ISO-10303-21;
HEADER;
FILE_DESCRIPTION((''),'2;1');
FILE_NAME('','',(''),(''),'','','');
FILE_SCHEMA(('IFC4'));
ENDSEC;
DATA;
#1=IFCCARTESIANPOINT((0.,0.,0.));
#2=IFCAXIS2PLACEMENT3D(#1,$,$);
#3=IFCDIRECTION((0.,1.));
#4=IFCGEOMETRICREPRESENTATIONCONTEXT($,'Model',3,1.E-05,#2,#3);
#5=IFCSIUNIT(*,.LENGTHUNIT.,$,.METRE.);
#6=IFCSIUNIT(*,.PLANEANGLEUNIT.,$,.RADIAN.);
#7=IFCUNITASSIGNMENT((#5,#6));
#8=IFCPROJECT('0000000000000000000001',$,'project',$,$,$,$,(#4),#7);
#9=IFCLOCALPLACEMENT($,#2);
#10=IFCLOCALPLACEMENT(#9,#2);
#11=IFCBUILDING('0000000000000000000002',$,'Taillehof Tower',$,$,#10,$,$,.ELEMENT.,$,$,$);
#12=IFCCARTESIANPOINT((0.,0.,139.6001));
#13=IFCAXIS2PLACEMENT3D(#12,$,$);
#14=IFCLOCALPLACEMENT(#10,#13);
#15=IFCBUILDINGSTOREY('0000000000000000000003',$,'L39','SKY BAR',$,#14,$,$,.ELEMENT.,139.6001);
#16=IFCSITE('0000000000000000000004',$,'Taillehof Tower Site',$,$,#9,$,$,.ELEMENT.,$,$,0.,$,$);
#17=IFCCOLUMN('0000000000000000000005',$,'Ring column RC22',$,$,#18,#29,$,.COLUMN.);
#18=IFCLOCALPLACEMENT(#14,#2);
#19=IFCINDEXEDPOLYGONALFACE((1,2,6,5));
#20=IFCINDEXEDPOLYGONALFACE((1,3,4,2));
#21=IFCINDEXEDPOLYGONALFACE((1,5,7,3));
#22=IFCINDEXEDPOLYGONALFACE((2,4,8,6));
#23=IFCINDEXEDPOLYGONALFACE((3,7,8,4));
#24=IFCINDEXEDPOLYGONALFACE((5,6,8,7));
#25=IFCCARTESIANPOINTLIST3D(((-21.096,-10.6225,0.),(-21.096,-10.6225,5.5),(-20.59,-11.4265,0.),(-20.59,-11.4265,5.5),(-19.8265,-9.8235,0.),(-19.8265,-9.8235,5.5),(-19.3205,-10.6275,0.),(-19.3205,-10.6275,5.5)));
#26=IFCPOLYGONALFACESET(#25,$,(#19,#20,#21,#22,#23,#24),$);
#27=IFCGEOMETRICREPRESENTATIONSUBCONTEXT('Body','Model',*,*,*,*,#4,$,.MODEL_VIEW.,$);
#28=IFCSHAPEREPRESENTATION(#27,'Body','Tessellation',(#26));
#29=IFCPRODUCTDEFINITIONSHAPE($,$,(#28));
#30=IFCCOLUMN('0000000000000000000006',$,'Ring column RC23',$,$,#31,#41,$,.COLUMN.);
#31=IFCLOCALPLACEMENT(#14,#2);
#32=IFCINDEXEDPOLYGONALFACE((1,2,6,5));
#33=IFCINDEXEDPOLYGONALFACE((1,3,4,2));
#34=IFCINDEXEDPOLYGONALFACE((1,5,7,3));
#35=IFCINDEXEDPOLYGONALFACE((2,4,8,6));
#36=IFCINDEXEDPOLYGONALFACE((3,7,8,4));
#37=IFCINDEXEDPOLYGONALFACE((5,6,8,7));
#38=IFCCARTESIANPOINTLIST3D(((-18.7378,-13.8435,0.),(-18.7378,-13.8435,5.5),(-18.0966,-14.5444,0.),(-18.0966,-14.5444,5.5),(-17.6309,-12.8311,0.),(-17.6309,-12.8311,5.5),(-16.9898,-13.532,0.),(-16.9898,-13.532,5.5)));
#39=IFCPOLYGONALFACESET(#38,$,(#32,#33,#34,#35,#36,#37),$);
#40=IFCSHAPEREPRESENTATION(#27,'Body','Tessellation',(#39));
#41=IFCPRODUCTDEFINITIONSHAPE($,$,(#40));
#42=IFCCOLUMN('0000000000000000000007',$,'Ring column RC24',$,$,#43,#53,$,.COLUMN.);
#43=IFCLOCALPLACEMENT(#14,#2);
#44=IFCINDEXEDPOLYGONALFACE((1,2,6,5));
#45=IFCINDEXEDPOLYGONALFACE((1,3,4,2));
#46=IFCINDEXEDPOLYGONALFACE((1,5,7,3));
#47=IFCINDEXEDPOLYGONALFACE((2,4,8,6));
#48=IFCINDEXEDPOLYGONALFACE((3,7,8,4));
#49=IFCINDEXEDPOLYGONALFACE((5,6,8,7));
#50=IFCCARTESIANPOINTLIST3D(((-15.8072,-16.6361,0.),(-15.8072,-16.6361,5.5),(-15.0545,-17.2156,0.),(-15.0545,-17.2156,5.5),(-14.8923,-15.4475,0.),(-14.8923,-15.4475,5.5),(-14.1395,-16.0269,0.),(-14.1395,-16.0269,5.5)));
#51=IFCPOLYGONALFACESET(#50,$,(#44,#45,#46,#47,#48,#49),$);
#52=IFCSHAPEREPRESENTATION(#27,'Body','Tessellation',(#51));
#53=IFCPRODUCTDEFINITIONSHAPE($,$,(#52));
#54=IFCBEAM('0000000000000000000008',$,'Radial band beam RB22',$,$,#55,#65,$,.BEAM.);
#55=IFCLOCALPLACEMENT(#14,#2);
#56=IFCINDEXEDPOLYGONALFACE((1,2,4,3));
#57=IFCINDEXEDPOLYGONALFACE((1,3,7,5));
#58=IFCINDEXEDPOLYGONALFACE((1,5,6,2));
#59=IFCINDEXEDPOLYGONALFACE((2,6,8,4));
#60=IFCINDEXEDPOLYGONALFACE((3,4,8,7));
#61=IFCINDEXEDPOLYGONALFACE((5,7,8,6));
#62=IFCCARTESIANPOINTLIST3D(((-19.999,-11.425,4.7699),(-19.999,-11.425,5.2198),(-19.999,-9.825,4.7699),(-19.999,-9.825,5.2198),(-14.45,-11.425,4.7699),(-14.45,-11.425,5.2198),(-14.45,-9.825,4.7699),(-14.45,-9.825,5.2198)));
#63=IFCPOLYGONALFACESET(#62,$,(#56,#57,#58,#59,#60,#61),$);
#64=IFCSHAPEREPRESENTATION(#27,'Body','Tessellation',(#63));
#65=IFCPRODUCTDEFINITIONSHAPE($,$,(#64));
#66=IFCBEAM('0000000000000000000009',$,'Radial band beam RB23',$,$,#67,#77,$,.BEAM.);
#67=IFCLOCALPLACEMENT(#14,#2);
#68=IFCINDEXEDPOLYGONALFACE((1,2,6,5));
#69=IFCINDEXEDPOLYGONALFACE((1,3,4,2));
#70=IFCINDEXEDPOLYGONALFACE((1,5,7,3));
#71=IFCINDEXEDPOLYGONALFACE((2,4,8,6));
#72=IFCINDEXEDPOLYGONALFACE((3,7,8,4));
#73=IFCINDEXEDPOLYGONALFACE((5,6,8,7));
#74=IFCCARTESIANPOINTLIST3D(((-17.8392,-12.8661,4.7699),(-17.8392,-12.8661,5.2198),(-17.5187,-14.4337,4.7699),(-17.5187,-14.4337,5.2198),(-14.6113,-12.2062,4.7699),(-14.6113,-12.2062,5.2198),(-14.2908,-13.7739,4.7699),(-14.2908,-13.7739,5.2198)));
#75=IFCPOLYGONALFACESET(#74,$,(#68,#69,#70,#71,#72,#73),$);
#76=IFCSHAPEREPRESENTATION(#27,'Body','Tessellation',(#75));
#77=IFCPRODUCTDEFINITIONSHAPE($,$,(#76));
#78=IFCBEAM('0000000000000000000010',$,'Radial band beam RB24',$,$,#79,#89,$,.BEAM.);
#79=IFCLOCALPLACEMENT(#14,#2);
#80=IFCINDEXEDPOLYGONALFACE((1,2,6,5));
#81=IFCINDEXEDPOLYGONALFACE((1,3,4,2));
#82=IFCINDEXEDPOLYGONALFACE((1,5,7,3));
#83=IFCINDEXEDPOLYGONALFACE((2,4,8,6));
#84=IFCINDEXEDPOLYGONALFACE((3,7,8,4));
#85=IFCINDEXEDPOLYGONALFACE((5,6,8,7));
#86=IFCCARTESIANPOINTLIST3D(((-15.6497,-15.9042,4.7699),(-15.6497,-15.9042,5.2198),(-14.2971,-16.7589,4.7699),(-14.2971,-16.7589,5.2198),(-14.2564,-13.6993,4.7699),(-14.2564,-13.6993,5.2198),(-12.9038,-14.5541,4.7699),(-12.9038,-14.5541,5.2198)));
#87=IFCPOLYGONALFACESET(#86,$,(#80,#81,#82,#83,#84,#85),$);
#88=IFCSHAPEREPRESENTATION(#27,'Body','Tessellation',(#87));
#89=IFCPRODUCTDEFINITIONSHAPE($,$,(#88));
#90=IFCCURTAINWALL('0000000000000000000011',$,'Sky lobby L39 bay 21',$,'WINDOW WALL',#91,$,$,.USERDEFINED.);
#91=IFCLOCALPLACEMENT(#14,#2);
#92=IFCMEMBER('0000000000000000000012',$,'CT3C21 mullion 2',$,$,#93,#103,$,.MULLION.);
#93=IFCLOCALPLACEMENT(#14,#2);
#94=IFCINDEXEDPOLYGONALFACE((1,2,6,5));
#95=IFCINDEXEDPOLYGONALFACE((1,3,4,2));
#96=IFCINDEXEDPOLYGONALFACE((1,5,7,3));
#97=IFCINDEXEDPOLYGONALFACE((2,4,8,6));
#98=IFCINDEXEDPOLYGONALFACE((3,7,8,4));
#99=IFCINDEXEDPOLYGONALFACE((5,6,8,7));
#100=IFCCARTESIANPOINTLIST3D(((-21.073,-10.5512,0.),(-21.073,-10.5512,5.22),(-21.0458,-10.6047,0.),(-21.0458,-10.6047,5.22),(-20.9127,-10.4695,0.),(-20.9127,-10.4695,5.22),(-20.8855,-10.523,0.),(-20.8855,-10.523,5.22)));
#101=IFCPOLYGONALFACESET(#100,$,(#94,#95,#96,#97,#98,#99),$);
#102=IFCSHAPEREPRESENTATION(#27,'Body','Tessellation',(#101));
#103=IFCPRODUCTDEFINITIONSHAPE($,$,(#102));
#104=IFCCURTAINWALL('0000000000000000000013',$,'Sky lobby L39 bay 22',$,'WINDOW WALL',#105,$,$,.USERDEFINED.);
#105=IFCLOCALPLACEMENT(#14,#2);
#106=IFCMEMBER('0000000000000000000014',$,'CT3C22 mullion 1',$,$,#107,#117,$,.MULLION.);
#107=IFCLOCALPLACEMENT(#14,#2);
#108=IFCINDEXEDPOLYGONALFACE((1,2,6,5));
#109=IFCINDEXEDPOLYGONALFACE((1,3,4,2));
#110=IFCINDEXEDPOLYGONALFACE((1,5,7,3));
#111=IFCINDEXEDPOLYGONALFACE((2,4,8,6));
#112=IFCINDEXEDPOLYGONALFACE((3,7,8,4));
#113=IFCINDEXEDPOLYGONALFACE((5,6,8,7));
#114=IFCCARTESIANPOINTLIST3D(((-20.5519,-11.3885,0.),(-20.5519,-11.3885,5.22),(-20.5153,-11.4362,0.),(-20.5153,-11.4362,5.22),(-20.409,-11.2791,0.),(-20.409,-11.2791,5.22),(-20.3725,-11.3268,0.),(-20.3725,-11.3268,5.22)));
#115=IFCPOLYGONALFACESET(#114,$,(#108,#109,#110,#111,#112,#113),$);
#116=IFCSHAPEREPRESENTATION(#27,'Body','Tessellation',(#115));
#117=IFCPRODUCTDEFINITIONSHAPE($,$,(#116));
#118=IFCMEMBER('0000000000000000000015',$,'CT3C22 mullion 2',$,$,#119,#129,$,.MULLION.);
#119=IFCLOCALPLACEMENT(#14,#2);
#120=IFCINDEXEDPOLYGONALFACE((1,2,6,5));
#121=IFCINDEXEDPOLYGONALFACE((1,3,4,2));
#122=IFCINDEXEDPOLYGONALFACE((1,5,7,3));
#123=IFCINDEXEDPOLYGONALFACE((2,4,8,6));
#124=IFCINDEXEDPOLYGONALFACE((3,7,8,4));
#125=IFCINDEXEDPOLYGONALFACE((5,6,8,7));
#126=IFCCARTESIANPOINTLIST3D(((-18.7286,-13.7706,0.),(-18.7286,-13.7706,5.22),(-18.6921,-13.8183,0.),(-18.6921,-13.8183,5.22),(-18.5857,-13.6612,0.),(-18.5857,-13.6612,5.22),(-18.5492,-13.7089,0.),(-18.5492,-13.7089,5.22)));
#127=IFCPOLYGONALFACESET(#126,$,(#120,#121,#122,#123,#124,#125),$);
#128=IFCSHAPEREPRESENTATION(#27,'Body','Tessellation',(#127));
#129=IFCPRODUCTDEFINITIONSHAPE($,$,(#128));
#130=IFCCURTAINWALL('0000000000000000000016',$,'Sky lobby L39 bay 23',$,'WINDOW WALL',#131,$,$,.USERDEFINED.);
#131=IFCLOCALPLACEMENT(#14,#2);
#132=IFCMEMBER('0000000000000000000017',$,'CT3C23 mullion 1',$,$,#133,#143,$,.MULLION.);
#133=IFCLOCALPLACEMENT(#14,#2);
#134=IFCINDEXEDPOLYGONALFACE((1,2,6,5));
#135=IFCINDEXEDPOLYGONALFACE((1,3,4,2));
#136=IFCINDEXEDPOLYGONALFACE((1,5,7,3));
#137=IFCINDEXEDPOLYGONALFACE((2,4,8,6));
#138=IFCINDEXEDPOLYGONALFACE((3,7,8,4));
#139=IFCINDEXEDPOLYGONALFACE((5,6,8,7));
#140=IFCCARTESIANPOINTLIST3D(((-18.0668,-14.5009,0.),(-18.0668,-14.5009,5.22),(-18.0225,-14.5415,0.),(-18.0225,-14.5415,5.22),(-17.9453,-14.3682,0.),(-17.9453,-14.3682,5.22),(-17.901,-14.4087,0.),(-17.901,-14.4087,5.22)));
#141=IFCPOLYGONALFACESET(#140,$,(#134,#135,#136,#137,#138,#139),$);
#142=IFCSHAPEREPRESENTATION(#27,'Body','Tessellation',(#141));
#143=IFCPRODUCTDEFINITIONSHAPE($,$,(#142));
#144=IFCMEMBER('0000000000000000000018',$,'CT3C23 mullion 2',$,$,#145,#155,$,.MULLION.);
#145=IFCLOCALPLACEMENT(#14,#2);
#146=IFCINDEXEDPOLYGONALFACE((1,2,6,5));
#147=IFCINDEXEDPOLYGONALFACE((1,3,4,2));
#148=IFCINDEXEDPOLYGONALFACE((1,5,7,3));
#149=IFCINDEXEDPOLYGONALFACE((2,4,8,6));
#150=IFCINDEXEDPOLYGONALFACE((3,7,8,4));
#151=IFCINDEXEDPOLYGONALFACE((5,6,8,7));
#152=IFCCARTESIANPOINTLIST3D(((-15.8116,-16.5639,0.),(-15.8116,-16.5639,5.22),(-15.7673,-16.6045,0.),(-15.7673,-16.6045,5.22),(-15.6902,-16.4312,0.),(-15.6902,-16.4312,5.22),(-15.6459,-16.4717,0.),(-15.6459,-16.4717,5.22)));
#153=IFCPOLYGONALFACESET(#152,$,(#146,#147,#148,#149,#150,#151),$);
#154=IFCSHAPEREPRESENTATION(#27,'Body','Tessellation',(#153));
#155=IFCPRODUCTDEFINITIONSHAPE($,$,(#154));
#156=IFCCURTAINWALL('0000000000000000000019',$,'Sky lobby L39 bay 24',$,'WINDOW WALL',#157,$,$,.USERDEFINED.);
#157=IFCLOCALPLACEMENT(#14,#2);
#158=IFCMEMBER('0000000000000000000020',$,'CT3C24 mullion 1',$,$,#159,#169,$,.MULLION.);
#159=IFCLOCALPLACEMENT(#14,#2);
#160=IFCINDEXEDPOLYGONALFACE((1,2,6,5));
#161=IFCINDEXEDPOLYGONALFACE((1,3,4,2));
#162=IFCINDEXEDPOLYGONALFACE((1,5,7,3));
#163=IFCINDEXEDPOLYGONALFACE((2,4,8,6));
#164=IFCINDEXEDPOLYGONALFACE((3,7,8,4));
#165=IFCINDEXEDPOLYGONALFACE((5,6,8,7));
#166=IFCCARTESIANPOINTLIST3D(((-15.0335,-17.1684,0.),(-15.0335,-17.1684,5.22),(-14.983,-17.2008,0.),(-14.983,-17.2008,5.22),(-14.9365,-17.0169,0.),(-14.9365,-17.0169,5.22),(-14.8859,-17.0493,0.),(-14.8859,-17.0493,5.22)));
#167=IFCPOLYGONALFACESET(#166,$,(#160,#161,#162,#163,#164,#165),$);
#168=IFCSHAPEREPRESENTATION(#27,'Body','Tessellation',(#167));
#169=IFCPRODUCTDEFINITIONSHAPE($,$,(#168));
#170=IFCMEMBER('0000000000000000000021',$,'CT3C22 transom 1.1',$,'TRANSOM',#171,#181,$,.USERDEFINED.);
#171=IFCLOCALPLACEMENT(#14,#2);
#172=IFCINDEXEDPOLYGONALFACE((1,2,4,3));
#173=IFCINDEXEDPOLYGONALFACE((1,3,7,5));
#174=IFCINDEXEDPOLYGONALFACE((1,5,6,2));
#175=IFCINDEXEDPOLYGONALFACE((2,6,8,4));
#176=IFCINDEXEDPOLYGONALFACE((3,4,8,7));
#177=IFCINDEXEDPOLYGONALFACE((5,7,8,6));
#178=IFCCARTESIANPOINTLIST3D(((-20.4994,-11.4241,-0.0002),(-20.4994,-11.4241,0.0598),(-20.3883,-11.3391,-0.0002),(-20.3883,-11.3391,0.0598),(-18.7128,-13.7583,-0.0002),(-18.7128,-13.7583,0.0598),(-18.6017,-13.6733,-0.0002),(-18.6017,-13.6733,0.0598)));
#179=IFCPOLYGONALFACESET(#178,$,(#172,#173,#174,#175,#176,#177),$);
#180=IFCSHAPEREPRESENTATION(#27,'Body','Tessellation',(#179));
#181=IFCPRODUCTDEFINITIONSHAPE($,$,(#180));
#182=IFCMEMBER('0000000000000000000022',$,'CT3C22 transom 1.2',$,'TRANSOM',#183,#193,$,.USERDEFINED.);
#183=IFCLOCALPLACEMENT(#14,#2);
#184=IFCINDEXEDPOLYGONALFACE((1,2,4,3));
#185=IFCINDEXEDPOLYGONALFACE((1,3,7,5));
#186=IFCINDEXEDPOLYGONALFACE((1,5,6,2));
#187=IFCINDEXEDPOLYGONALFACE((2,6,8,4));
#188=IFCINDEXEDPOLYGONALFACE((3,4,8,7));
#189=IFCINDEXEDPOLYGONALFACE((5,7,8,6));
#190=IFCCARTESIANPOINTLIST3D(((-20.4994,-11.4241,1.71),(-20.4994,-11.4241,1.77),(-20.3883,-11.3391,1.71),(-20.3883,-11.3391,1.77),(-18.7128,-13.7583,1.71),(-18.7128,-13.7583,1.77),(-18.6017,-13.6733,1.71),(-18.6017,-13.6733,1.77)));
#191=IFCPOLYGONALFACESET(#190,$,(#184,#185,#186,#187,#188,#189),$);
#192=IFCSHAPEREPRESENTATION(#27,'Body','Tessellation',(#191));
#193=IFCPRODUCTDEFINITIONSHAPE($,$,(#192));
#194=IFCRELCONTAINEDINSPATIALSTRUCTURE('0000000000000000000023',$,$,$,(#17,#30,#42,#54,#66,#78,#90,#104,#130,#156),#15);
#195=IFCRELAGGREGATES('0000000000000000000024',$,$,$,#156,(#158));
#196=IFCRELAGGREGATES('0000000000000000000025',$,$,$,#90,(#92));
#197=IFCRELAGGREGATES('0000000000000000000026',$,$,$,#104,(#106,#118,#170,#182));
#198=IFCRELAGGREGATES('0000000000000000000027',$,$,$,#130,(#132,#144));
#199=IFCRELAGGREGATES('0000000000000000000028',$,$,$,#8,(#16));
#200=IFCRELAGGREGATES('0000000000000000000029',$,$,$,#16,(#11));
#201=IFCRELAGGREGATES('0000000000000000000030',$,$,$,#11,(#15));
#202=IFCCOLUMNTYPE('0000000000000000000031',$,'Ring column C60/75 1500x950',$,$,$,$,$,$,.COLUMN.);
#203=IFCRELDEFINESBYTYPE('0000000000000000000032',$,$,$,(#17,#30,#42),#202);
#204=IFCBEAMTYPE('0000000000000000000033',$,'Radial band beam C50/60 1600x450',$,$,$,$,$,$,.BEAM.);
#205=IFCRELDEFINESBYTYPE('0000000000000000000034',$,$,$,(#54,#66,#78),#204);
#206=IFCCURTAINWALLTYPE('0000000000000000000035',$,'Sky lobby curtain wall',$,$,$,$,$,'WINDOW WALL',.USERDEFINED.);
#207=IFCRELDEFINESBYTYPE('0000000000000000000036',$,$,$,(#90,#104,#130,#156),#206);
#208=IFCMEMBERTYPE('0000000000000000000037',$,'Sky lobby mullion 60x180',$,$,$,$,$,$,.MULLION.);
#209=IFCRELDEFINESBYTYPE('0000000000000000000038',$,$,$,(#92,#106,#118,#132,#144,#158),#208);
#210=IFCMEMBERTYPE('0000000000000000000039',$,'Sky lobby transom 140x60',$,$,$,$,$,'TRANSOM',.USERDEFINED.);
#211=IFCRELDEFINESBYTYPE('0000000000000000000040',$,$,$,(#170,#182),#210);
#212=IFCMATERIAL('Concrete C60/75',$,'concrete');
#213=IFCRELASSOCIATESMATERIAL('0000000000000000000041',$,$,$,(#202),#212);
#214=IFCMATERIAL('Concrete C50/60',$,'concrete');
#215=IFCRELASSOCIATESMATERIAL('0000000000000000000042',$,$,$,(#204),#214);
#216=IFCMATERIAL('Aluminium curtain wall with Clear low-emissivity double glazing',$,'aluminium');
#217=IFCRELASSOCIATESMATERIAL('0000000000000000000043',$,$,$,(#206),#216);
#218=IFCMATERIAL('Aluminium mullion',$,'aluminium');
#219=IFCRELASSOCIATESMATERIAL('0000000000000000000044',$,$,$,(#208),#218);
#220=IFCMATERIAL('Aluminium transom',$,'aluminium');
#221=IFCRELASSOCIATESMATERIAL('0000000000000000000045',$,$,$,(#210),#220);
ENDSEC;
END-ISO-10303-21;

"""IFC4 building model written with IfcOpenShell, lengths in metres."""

from ifc_helpers import new_model, si_unit, direction, frame, origin, origin_2d, place, context, subcontext, project, spatial, rectangle, extrude, material, material_profile, profile_set, type_object, element, aggregate, save


model = new_model("IFC4")

# Units and contexts
model_context = context("Model", 3, precision=1e-05, world=origin(), true_north=direction((0.0, 1.0)))
body_context = subcontext(model_context, "Body", "Model", "MODEL_VIEW")
ifc_project = project(units=[si_unit("LENGTHUNIT", "METRE"), si_unit("PLANEANGLEUNIT", "RADIAN")], contexts=[model_context])

# Site, building, storey
site_placement = place(None, origin())
site = spatial("IfcSite", under=ifc_project, at=site_placement, Name="Taillehof Tower Site", CompositionType="ELEMENT", RefElevation=0.0)
building_placement = place(site_placement, origin())
building = spatial("IfcBuilding", under=site, at=building_placement, Name="Taillehof Tower", CompositionType="ELEMENT")
storey_placement = place(building_placement, frame((0.0, 0.0, 139.6001)))
storey = spatial("IfcBuildingStorey", under=building, at=storey_placement, Name="L39", Description="SKY BAR", CompositionType="ELEMENT", Elevation=139.6001)

# Columns
ifc_material_1 = material(Name="Concrete C60/75", Category="concrete")
ifc_material_profile_1 = material_profile(ifc_material_1, rectangle(XDim=1.5, YDim=0.95, at=origin_2d()), Name="RC 1500x950")
ifc_profile_set_1 = profile_set([ifc_material_profile_1], Name="Concrete C60/75")
column_type = type_object("IfcColumnType", Name="Ring column C60/75 1500x950", PredefinedType="COLUMN", material=ifc_profile_set_1)
for number, where, z_axis, x_axis, name in (
    (1, (-20.2083, -10.625, 0.0), (0.0, 0.0, 1.0), (-0.846334, -0.532652, 0.0), "Ring column RC22"),
    (2, (-17.8638, -13.6877, 0.0), (0.0, 0.0, 1.0), (-0.737879, -0.674933, 0.0), "Ring column RC23"),
    (3, (-14.9734, -16.3315, 0.0), (0.0, 0.0, 1.0), (-0.609971, -0.792424, 0.0), "Ring column RC24"),
):
    element("IfcColumn", number, at=place(storey_placement, frame(where, z_axis=z_axis, x_axis=x_axis)), inside=storey, type_object=column_type, Name=name, PredefinedType="COLUMN", context=body_context, shape_type="SweptSolid", body=[
        extrude(rectangle(XDim=1.5, YDim=0.95, at=origin_2d()), origin(), (0.0, 0.0, 1.0), 5.5),
    ])

# Beams
ifc_material_2 = material(Name="Concrete C50/60", Category="concrete")
ifc_material_profile_2 = material_profile(ifc_material_2, rectangle(XDim=1.6001, YDim=0.45, at=origin_2d()), Name="RC 1600x450")
ifc_profile_set_2 = profile_set([ifc_material_profile_2], Name="Concrete C50/60")
beam_type_1 = type_object("IfcBeamType", Name="Radial band beam C50/60 1600x450", PredefinedType="BEAM", material=ifc_profile_set_2)
beam_1_placement = place(storey_placement, frame((-19.999, -10.625, 4.9949), z_axis=(1.0, 0.0, 0.0), x_axis=(0.0, 1.0, 0.0)))
element("IfcBeam", 4, at=beam_1_placement, inside=storey, type_object=beam_type_1, Name="Radial band beam RB22", PredefinedType="BEAM", context=body_context, shape_type="SweptSolid", body=[
    extrude(rectangle(XDim=1.6001, YDim=0.45, at=origin_2d()), origin(), (0.0, 0.0, 1.0), 5.5491),
])
beam_2_placement = place(storey_placement, frame((-17.679, -13.6499, 4.9949), z_axis=(0.979737, 0.20029, 0.0), x_axis=(-0.20029, 0.979737, 0.0)))
element("IfcBeam", 5, at=beam_2_placement, inside=storey, type_object=beam_type_1, Name="Radial band beam RB23", PredefinedType="BEAM", context=body_context, shape_type="SweptSolid", body=[
    extrude(rectangle(XDim=1.6001, YDim=0.45, at=origin_2d()), origin(), (0.0, 0.0, 1.0), 3.2947),
])
beam_3_placement = place(storey_placement, frame((-14.9734, -16.3315, 4.9949), z_axis=(0.534208, 0.845353, 0.0), x_axis=(-0.845353, 0.534208, 0.0)))
element("IfcBeam", 6, at=beam_3_placement, inside=storey, type_object=beam_type_1, Name="Radial band beam RB24", PredefinedType="BEAM", context=body_context, shape_type="SweptSolid", body=[
    extrude(rectangle(XDim=1.6001, YDim=0.45, at=origin_2d()), origin(), (0.0, 0.0, 1.0), 2.6082),
])

# Curtain wall, member
ifc_material_3 = material(Name="Aluminium curtain wall with Clear low-emissivity double glazing", Category="aluminium")
curtain_wall_type = type_object("IfcCurtainWallType", Name="Sky lobby curtain wall", ElementType="WINDOW WALL", PredefinedType="USERDEFINED", material=ifc_material_3)
curtain_wall_1_placement = place(storey_placement, origin())
curtain_wall_1 = element("IfcCurtainWall", 7, at=curtain_wall_1_placement, inside=storey, type_object=curtain_wall_type, Name="Sky lobby L39 bay 21", ObjectType="WINDOW WALL", PredefinedType="USERDEFINED")
ifc_material_4 = material(Name="Aluminium mullion", Category="aluminium")
ifc_material_profile_3 = material_profile(ifc_material_4, rectangle(XDim=0.1799, YDim=0.0601, at=origin_2d()), Name="AL 60x180")
ifc_profile_set_3 = profile_set([ifc_material_profile_3], Name="Aluminium mullion")
member_type_1 = type_object("IfcMemberType", Name="Sky lobby mullion 60x180", PredefinedType="MULLION", material=ifc_profile_set_3)
member_1_placement = place(storey_placement, frame((-20.9792, -10.5371, 0.0), z_axis=(0.0, 0.0, 1.0), x_axis=(0.89094, 0.454121, 0.0)))
member_1 = element("IfcMember", 8, at=member_1_placement, type_object=member_type_1, Name="CT3C21 mullion 2", PredefinedType="MULLION", context=body_context, shape_type="SweptSolid", body=[
    extrude(rectangle(XDim=0.1799, YDim=0.0601, at=origin_2d()), origin(), (0.0, 0.0, 1.0), 5.22),
])

# Curtain walls, members
curtain_wall_2_placement = place(storey_placement, origin())
curtain_wall_2 = element("IfcCurtainWall", 9, at=curtain_wall_2_placement, inside=storey, type_object=curtain_wall_type, Name="Sky lobby L39 bay 22", ObjectType="WINDOW WALL", PredefinedType="USERDEFINED")
member_2_placement = place(storey_placement, frame((-20.4622, -11.3577, 0.0), z_axis=(0.0, 0.0, 1.0), x_axis=(0.794097, 0.607791, 0.0)))
member_2 = element("IfcMember", 10, at=member_2_placement, type_object=member_type_1, Name="CT3C22 mullion 1", PredefinedType="MULLION", context=body_context, shape_type="SweptSolid", body=[
    extrude(rectangle(XDim=0.1799, YDim=0.0601, at=origin_2d()), origin(), (0.0, 0.0, 1.0), 5.22),
])
member_3_placement = place(storey_placement, frame((-18.6389, -13.7397, 0.0), z_axis=(0.0, 0.0, 1.0), x_axis=(0.794097, 0.607791, 0.0)))
member_3 = element("IfcMember", 11, at=member_3_placement, type_object=member_type_1, Name="CT3C22 mullion 2", PredefinedType="MULLION", context=body_context, shape_type="SweptSolid", body=[
    extrude(rectangle(XDim=0.1799, YDim=0.0601, at=origin_2d()), origin(), (0.0, 0.0, 1.0), 5.22),
])
curtain_wall_3_placement = place(storey_placement, origin())
curtain_wall_3 = element("IfcCurtainWall", 12, at=curtain_wall_3_placement, inside=storey, type_object=curtain_wall_type, Name="Sky lobby L39 bay 23", ObjectType="WINDOW WALL", PredefinedType="USERDEFINED")
member_4_placement = place(storey_placement, frame((-17.9839, -14.4548, 0.0), z_axis=(0.0, 0.0, 1.0), x_axis=(0.67499, 0.737827, 0.0)))
member_4 = element("IfcMember", 13, at=member_4_placement, type_object=member_type_1, Name="CT3C23 mullion 1", PredefinedType="MULLION", context=body_context, shape_type="SweptSolid", body=[
    extrude(rectangle(XDim=0.1799, YDim=0.0601, at=origin_2d()), origin(), (0.0, 0.0, 1.0), 5.22),
])
member_5_placement = place(storey_placement, frame((-15.7288, -16.5178, 0.0), z_axis=(0.0, 0.0, 1.0), x_axis=(0.67499, 0.737827, 0.0)))
member_5 = element("IfcMember", 14, at=member_5_placement, type_object=member_type_1, Name="CT3C23 mullion 2", PredefinedType="MULLION", context=body_context, shape_type="SweptSolid", body=[
    extrude(rectangle(XDim=0.1799, YDim=0.0601, at=origin_2d()), origin(), (0.0, 0.0, 1.0), 5.22),
])

# Curtain wall, member
curtain_wall_4_placement = place(storey_placement, origin())
curtain_wall_4 = element("IfcCurtainWall", 15, at=curtain_wall_4_placement, inside=storey, type_object=curtain_wall_type, Name="Sky lobby L39 bay 24", ObjectType="WINDOW WALL", PredefinedType="USERDEFINED")
member_6_placement = place(storey_placement, frame((-14.9597, -17.1089, 0.0), z_axis=(0.0, 0.0, 1.0), x_axis=(0.539394, 0.842053, 0.0)))
member_6 = element("IfcMember", 16, at=member_6_placement, type_object=member_type_1, Name="CT3C24 mullion 1", PredefinedType="MULLION", context=body_context, shape_type="SweptSolid", body=[
    extrude(rectangle(XDim=0.1799, YDim=0.0601, at=origin_2d()), origin(), (0.0, 0.0, 1.0), 5.22),
])

# Members
ifc_material_5 = material(Name="Aluminium transom", Category="aluminium")
ifc_material_profile_4 = material_profile(ifc_material_5, rectangle(XDim=0.1399, YDim=0.0601, at=origin_2d()), Name="AL 140x60")
ifc_profile_set_4 = profile_set([ifc_material_profile_4], Name="Aluminium transom")
member_type_2 = type_object("IfcMemberType", Name="Sky lobby transom 140x60", ElementType="TRANSOM", PredefinedType="USERDEFINED", material=ifc_profile_set_4)
member_7_placement = place(storey_placement, frame((-20.4438, -11.3816, 0.0298), z_axis=(0.607798, -0.794091, 0.0), x_axis=(0.794091, 0.607798, 0.0)))
member_7 = element("IfcMember", 17, at=member_7_placement, type_object=member_type_2, Name="CT3C22 transom 1.1", ObjectType="TRANSOM", PredefinedType="USERDEFINED", context=body_context, shape_type="SweptSolid", body=[
    extrude(rectangle(XDim=0.1399, YDim=0.0601, at=origin_2d()), origin(), (0.0, 0.0, 1.0), 2.9395),
])
member_8_placement = place(storey_placement, frame((-20.4438, -11.3816, 1.74), z_axis=(0.607798, -0.794091, 0.0), x_axis=(0.794091, 0.607798, 0.0)))
member_8 = element("IfcMember", 18, at=member_8_placement, type_object=member_type_2, Name="CT3C22 transom 1.2", ObjectType="TRANSOM", PredefinedType="USERDEFINED", context=body_context, shape_type="SweptSolid", body=[
    extrude(rectangle(XDim=0.1399, YDim=0.0601, at=origin_2d()), origin(), (0.0, 0.0, 1.0), 2.9395),
])
aggregate(curtain_wall_4, [member_6])

aggregate(curtain_wall_1, [member_1])
aggregate(curtain_wall_2, [member_2, member_3, member_7, member_8])
aggregate(curtain_wall_3, [member_4, member_5])

save(model, "model.ifc")
